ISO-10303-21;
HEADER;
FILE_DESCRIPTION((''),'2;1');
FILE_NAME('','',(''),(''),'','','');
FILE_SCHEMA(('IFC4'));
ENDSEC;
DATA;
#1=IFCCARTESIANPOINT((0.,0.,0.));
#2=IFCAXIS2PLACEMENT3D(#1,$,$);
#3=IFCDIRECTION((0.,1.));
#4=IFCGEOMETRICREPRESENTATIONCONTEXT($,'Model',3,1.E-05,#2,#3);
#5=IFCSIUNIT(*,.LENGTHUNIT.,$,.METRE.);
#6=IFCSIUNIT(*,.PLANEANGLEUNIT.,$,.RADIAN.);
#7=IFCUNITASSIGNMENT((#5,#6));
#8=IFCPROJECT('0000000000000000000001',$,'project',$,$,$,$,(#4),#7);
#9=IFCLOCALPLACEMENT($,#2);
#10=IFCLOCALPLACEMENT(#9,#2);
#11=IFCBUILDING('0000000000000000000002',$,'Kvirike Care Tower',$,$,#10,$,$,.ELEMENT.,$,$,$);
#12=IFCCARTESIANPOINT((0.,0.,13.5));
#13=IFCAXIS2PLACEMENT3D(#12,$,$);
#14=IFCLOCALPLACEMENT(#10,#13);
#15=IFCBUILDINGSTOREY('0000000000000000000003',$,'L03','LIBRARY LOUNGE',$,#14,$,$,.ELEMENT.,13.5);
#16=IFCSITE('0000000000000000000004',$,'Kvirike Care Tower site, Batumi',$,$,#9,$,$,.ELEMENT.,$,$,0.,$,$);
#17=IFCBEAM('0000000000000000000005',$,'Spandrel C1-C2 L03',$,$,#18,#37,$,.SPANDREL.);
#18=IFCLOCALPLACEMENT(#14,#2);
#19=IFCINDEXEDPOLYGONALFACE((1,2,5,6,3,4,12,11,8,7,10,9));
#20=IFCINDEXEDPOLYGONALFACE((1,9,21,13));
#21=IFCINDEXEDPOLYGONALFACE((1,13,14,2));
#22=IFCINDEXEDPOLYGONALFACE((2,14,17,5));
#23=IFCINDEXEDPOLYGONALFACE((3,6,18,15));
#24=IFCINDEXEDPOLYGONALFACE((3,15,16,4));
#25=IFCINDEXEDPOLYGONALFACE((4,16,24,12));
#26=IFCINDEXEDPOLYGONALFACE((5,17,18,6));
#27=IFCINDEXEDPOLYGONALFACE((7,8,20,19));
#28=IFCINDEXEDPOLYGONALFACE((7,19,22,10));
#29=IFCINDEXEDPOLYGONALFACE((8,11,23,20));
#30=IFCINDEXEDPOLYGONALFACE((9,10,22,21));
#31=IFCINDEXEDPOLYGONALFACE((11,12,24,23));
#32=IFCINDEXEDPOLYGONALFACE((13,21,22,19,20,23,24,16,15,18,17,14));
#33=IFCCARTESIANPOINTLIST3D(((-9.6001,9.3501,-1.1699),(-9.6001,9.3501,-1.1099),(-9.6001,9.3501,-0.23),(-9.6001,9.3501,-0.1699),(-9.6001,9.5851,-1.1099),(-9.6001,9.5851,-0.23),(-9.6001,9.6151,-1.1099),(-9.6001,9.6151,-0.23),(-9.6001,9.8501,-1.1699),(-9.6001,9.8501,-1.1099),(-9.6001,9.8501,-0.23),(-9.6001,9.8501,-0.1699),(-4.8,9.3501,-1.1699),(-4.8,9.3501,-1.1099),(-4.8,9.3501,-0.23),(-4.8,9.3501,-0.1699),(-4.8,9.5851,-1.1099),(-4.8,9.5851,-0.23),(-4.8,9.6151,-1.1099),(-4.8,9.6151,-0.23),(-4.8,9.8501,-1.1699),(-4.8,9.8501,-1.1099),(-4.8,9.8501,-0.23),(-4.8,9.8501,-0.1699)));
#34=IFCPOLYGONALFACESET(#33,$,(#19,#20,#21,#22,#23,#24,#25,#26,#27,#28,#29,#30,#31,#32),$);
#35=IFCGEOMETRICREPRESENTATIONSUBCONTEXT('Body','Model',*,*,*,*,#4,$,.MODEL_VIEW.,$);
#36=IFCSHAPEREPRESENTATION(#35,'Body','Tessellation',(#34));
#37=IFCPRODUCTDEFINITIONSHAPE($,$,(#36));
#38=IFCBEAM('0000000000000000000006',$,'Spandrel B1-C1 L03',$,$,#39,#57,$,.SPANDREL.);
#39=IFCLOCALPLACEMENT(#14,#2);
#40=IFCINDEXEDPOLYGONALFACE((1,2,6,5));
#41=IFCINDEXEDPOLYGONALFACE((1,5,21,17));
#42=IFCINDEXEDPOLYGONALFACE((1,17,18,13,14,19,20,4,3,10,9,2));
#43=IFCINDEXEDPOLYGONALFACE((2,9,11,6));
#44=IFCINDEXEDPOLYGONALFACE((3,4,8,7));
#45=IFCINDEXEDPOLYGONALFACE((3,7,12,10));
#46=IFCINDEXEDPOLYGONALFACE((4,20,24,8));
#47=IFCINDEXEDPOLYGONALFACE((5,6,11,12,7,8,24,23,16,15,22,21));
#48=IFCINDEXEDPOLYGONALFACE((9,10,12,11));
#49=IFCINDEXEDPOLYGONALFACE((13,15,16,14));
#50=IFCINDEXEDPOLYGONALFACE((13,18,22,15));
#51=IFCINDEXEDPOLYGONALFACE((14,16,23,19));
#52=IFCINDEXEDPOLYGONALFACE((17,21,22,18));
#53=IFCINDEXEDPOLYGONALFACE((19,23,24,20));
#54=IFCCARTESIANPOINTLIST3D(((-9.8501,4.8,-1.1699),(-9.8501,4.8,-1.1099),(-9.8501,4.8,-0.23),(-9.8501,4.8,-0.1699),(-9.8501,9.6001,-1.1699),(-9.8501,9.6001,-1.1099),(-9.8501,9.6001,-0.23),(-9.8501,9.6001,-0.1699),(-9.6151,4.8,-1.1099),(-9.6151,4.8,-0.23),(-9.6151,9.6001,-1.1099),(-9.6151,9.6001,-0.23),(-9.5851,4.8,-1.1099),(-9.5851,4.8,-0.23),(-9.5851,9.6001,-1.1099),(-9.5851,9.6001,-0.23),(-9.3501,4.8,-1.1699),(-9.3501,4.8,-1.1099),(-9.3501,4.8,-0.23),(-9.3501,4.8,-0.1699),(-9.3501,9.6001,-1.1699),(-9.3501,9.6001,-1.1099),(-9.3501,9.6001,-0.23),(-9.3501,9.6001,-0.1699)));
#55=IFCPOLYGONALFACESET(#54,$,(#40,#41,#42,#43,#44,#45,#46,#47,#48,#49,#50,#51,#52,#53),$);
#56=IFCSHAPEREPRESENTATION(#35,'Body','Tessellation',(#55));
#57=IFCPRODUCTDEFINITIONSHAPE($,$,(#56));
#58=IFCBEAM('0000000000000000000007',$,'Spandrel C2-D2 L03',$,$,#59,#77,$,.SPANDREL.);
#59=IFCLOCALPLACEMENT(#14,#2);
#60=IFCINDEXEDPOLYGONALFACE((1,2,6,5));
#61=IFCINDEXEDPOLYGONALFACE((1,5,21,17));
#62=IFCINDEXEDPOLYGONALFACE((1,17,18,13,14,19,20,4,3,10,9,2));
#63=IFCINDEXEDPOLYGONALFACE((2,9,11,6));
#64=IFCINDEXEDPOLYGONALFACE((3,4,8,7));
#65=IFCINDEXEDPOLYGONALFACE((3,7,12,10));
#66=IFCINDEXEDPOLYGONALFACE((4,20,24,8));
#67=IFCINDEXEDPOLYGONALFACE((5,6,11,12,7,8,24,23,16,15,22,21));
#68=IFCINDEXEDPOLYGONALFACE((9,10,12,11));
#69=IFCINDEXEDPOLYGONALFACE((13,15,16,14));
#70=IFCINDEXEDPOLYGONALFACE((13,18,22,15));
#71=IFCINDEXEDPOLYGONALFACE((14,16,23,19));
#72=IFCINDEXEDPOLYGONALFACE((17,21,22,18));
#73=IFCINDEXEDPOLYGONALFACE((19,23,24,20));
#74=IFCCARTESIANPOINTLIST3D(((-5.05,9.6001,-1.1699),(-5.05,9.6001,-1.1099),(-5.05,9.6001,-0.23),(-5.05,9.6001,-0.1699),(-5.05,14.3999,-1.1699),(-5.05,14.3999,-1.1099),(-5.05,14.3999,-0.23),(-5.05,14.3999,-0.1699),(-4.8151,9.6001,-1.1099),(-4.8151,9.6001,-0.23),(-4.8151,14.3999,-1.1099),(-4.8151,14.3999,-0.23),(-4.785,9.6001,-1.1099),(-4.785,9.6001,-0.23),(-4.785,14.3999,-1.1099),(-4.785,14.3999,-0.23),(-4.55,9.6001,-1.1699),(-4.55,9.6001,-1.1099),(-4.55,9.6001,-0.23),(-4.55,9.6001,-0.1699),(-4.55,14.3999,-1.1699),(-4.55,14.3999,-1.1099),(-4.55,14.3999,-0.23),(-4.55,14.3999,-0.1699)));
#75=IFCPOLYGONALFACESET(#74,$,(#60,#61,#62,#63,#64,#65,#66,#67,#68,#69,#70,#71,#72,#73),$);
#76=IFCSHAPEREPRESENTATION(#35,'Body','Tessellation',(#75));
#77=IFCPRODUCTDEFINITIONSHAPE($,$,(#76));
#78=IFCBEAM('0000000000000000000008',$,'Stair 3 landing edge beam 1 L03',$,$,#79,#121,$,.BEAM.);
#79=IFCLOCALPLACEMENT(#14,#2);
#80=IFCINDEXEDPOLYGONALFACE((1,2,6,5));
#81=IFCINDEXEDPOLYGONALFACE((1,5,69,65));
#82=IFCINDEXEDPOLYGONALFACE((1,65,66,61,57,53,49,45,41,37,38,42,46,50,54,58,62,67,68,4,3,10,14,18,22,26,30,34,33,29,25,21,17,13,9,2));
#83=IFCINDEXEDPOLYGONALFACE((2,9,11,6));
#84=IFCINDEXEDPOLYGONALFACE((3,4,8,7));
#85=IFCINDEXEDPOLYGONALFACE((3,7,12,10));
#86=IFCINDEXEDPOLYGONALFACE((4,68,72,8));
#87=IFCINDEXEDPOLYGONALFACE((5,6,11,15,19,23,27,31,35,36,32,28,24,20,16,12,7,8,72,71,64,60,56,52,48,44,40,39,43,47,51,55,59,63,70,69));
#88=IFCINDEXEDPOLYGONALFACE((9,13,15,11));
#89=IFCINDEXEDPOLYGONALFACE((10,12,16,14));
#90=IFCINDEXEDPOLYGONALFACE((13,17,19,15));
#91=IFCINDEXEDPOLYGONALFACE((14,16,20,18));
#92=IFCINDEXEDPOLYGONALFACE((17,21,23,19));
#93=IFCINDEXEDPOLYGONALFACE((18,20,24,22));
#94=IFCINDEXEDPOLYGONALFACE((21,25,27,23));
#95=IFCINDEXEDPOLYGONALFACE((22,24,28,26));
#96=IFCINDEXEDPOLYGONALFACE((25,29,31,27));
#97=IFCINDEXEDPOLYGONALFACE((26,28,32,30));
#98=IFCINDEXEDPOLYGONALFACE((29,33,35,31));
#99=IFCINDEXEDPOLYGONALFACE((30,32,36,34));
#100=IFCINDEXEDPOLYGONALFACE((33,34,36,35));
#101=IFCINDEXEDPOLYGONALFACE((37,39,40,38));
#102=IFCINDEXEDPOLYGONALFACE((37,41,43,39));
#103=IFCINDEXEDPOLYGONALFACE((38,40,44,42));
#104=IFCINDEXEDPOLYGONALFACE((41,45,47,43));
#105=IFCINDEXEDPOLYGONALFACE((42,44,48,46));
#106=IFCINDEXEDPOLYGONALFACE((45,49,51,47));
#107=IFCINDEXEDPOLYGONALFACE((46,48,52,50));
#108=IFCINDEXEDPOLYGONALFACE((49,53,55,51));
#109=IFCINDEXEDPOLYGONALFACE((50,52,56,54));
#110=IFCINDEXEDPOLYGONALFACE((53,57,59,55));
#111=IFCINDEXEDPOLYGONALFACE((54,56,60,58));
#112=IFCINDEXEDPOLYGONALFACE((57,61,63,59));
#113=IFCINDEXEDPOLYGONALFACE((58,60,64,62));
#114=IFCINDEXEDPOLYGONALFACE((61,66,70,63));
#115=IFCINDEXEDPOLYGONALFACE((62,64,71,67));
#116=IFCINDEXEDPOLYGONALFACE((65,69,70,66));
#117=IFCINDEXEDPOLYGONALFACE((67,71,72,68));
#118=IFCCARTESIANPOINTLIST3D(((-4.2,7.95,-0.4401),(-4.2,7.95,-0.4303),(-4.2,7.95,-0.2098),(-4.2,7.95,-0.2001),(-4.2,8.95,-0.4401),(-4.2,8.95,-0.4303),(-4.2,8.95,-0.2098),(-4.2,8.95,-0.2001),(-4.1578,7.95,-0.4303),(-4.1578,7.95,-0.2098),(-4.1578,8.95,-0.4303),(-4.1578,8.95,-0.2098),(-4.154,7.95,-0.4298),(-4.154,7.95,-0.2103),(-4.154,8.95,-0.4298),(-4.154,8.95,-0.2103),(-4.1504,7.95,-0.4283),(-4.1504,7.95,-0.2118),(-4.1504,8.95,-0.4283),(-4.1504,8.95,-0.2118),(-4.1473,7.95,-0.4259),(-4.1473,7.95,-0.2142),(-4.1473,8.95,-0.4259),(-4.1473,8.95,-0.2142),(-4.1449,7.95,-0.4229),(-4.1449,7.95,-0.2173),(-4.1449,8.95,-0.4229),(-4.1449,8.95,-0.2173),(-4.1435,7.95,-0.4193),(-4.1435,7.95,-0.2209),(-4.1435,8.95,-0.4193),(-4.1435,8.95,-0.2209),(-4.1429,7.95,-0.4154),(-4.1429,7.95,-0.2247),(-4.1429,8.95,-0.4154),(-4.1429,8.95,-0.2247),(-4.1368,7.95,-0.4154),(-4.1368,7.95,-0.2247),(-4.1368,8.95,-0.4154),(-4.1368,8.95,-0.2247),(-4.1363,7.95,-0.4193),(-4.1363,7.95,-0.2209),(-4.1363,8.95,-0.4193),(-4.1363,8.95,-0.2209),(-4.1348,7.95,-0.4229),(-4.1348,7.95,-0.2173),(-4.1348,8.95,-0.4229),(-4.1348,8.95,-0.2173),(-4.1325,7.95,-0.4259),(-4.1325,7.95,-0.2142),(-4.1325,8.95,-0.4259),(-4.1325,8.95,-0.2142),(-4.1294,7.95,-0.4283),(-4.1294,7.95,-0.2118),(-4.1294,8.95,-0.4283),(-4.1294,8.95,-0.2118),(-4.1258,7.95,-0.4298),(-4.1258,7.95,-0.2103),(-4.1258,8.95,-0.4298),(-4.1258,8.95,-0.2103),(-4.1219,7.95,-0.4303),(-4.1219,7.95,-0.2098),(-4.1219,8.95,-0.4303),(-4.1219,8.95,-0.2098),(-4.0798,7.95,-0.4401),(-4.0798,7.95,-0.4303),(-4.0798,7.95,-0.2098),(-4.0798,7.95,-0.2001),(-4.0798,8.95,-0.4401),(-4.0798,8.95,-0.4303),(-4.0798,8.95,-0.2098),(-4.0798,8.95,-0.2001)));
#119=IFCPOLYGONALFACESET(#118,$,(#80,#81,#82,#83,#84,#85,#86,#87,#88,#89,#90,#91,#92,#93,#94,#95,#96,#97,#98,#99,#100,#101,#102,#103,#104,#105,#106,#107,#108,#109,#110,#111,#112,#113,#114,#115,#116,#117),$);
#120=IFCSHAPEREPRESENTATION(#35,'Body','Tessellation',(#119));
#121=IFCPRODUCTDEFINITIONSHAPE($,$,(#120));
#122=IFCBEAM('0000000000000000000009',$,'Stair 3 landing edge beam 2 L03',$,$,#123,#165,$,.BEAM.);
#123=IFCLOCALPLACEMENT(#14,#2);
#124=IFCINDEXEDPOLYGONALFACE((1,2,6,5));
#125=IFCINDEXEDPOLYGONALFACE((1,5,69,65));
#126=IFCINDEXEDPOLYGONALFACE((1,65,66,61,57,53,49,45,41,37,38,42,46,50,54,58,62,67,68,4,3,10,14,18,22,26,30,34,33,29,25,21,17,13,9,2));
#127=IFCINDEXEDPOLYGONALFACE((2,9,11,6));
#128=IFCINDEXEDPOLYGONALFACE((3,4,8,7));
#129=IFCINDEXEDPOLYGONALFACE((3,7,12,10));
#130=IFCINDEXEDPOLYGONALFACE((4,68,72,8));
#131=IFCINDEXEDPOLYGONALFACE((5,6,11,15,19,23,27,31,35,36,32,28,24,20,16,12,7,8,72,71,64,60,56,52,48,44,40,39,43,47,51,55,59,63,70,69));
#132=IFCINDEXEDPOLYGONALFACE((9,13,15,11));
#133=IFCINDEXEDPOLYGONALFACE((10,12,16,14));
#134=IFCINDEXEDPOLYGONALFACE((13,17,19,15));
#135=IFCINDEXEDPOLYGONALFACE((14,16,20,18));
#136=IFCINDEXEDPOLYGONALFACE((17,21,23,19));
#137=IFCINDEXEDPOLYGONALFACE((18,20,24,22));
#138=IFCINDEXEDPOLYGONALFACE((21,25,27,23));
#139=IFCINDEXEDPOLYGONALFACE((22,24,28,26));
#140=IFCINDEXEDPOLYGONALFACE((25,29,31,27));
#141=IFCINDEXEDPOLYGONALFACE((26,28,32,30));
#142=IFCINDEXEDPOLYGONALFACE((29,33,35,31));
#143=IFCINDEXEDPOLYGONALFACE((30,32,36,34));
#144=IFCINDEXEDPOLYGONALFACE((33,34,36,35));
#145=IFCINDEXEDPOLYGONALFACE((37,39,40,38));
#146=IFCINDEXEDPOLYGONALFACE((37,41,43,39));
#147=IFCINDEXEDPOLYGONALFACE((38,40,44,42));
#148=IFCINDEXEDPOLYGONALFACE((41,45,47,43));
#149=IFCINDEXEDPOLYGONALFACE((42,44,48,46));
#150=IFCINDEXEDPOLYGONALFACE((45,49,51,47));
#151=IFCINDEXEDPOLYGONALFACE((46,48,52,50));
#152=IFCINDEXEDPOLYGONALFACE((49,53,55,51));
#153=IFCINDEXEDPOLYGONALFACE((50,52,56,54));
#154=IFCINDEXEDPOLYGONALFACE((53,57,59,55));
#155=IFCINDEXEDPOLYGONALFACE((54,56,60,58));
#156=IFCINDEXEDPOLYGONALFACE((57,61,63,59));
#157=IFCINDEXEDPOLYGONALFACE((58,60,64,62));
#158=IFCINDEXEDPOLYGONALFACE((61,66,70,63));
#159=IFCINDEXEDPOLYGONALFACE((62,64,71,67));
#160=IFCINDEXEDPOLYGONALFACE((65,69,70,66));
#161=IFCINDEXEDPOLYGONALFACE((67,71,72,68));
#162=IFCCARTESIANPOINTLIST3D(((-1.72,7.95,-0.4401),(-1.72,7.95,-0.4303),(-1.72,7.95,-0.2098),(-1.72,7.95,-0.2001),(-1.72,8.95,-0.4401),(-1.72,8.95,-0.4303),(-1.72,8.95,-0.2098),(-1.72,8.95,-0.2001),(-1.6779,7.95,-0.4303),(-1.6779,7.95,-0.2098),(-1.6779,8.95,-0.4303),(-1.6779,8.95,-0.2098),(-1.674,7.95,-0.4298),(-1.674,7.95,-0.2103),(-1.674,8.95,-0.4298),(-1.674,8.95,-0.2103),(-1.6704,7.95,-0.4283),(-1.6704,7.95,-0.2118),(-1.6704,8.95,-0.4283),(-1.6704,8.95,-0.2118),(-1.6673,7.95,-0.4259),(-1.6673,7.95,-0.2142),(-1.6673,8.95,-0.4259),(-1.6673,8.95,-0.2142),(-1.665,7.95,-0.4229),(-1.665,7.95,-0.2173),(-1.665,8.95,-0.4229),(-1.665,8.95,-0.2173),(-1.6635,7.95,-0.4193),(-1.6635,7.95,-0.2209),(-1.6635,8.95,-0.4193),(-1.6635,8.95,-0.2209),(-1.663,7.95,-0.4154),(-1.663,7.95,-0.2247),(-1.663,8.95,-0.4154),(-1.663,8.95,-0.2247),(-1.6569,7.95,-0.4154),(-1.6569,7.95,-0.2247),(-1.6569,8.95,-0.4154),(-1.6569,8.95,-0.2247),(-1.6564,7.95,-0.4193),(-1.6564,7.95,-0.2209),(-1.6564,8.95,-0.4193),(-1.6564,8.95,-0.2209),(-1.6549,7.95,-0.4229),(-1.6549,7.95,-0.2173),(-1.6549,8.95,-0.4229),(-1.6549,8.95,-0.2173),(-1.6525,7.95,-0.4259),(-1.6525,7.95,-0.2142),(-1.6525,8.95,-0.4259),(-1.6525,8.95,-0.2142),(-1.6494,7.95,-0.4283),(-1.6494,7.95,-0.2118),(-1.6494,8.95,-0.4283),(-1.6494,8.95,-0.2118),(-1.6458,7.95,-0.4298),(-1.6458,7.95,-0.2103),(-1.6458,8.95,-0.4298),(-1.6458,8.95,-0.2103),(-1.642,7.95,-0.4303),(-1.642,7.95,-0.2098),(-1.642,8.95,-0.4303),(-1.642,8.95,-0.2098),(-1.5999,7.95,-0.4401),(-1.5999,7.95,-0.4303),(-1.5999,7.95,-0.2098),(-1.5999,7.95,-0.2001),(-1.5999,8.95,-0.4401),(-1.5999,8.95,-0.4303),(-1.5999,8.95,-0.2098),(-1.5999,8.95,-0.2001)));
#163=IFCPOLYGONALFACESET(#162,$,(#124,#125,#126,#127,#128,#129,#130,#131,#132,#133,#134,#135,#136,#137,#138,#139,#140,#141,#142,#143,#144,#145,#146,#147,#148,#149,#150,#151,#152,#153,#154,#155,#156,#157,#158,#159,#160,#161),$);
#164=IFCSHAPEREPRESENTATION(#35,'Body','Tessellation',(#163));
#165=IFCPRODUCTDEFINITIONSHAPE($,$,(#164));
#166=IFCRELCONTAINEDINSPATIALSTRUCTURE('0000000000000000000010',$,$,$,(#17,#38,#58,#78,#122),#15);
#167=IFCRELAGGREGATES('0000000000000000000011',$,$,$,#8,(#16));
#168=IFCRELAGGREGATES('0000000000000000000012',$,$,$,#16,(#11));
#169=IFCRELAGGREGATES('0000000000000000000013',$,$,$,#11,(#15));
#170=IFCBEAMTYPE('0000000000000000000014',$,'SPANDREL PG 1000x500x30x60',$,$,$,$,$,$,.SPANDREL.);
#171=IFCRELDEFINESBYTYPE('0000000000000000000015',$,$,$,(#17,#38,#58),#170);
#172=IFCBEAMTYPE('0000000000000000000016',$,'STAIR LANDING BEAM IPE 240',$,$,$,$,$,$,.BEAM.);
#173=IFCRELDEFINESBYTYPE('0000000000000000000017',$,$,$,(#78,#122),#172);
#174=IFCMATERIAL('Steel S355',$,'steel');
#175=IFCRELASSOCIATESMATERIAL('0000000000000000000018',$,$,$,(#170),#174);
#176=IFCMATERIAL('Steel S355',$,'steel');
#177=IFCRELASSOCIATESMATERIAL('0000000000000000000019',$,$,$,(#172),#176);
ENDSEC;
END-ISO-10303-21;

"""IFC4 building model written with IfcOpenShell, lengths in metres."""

from ifc_helpers import new_model, si_unit, direction, frame, origin, origin_2d, place, context, subcontext, project, spatial, i_section, extrude, material, material_profile, profile_set, type_object, element, save


model = new_model("IFC4")

# Units and contexts
model_context = context("Model", 3, precision=1e-05, world=origin(), true_north=direction((0.0, 1.0)))
body_context = subcontext(model_context, "Body", "Model", "MODEL_VIEW")
ifc_project = project(units=[si_unit("LENGTHUNIT", "METRE"), si_unit("PLANEANGLEUNIT", "RADIAN")], contexts=[model_context])

# Site, building, storey
site_placement = place(None, origin())
site = spatial("IfcSite", under=ifc_project, at=site_placement, Name="Kvirike Care Tower site, Batumi", CompositionType="ELEMENT", RefElevation=0.0)
building_placement = place(site_placement, origin())
building = spatial("IfcBuilding", under=site, at=building_placement, Name="Kvirike Care Tower", CompositionType="ELEMENT")
storey_placement = place(building_placement, frame((0.0, 0.0, 13.5)))
storey = spatial("IfcBuildingStorey", under=building, at=storey_placement, Name="L03", Description="LIBRARY LOUNGE", CompositionType="ELEMENT", Elevation=13.5)

# Beams
ifc_material_1 = material(Name="Steel S355", Category="steel")
ifc_material_profile_1 = material_profile(ifc_material_1, i_section(OverallWidth=0.5, OverallDepth=1.0, WebThickness=0.03, FlangeThickness=0.0601, at=origin_2d()), Name="PG 1000x500x30x60")
ifc_profile_set_1 = profile_set([ifc_material_profile_1], Name="Steel S355")
beam_type_1 = type_object("IfcBeamType", Name="SPANDREL PG 1000x500x30x60", PredefinedType="SPANDREL", material=ifc_profile_set_1)
for number, where, z_axis, x_axis, name in (
    (1, (-9.6001, 9.6001, -0.6699), (1.0, 0.0, 0.0), (0.0, 1.0, 0.0), "Spandrel C1-C2 L03"),
    (2, (-9.6001, 4.8, -0.6699), (0.0, 1.0, 0.0), (-1.0, 0.0, 0.0), "Spandrel B1-C1 L03"),
):
    element("IfcBeam", number, at=place(storey_placement, frame(where, z_axis=z_axis, x_axis=x_axis)), inside=storey, type_object=beam_type_1, Name=name, PredefinedType="SPANDREL", context=body_context, shape_type="SweptSolid", body=[
        extrude(i_section(OverallWidth=0.5, OverallDepth=1.0, WebThickness=0.03, FlangeThickness=0.0601, at=origin_2d()), origin(), (0.0, 0.0, 1.0), 4.8),
    ])
beam_1_placement = place(storey_placement, frame((-4.8, 9.6001, -0.6699), z_axis=(0.0, 1.0, 0.0), x_axis=(-1.0, 0.0, 0.0)))
element("IfcBeam", 3, at=beam_1_placement, inside=storey, type_object=beam_type_1, Name="Spandrel C2-D2 L03", PredefinedType="SPANDREL", context=body_context, shape_type="SweptSolid", body=[
    extrude(i_section(OverallWidth=0.5, OverallDepth=1.0, WebThickness=0.03, FlangeThickness=0.0601, at=origin_2d()), origin(), (0.0, 0.0, 1.0), 4.7998),
])
ifc_material_2 = material(Name="Steel S355", Category="steel")
ifc_material_profile_2 = material_profile(ifc_material_2, i_section(OverallWidth=0.1201, OverallDepth=0.24, WebThickness=0.0061, FlangeThickness=0.0098, FilletRadius=0.0149, at=origin_2d()), Name="IPE 240")
ifc_profile_set_2 = profile_set([ifc_material_profile_2], Name="Steel S355")
beam_type_2 = type_object("IfcBeamType", Name="STAIR LANDING BEAM IPE 240", PredefinedType="BEAM", material=ifc_profile_set_2)
for number, where, z_axis, x_axis, name in (
    (4, (-4.1399, 8.95, -0.3201), (0.0, -1.0, 0.0), (1.0, 0.0, 0.0), "Stair 3 landing edge beam 1 L03"),
    (5, (-1.6599, 8.95, -0.3201), (0.0, -1.0, 0.0), (1.0, 0.0, 0.0), "Stair 3 landing edge beam 2 L03"),
):
    element("IfcBeam", number, at=place(storey_placement, frame(where, z_axis=z_axis, x_axis=x_axis)), inside=storey, type_object=beam_type_2, Name=name, PredefinedType="BEAM", context=body_context, shape_type="SweptSolid", body=[
        extrude(i_section(OverallWidth=0.1201, OverallDepth=0.24, WebThickness=0.0061, FlangeThickness=0.0098, FilletRadius=0.0149, at=origin_2d()), origin(), (0.0, 0.0, 1.0), 1.0),
    ])

save(model, "model.ifc")
